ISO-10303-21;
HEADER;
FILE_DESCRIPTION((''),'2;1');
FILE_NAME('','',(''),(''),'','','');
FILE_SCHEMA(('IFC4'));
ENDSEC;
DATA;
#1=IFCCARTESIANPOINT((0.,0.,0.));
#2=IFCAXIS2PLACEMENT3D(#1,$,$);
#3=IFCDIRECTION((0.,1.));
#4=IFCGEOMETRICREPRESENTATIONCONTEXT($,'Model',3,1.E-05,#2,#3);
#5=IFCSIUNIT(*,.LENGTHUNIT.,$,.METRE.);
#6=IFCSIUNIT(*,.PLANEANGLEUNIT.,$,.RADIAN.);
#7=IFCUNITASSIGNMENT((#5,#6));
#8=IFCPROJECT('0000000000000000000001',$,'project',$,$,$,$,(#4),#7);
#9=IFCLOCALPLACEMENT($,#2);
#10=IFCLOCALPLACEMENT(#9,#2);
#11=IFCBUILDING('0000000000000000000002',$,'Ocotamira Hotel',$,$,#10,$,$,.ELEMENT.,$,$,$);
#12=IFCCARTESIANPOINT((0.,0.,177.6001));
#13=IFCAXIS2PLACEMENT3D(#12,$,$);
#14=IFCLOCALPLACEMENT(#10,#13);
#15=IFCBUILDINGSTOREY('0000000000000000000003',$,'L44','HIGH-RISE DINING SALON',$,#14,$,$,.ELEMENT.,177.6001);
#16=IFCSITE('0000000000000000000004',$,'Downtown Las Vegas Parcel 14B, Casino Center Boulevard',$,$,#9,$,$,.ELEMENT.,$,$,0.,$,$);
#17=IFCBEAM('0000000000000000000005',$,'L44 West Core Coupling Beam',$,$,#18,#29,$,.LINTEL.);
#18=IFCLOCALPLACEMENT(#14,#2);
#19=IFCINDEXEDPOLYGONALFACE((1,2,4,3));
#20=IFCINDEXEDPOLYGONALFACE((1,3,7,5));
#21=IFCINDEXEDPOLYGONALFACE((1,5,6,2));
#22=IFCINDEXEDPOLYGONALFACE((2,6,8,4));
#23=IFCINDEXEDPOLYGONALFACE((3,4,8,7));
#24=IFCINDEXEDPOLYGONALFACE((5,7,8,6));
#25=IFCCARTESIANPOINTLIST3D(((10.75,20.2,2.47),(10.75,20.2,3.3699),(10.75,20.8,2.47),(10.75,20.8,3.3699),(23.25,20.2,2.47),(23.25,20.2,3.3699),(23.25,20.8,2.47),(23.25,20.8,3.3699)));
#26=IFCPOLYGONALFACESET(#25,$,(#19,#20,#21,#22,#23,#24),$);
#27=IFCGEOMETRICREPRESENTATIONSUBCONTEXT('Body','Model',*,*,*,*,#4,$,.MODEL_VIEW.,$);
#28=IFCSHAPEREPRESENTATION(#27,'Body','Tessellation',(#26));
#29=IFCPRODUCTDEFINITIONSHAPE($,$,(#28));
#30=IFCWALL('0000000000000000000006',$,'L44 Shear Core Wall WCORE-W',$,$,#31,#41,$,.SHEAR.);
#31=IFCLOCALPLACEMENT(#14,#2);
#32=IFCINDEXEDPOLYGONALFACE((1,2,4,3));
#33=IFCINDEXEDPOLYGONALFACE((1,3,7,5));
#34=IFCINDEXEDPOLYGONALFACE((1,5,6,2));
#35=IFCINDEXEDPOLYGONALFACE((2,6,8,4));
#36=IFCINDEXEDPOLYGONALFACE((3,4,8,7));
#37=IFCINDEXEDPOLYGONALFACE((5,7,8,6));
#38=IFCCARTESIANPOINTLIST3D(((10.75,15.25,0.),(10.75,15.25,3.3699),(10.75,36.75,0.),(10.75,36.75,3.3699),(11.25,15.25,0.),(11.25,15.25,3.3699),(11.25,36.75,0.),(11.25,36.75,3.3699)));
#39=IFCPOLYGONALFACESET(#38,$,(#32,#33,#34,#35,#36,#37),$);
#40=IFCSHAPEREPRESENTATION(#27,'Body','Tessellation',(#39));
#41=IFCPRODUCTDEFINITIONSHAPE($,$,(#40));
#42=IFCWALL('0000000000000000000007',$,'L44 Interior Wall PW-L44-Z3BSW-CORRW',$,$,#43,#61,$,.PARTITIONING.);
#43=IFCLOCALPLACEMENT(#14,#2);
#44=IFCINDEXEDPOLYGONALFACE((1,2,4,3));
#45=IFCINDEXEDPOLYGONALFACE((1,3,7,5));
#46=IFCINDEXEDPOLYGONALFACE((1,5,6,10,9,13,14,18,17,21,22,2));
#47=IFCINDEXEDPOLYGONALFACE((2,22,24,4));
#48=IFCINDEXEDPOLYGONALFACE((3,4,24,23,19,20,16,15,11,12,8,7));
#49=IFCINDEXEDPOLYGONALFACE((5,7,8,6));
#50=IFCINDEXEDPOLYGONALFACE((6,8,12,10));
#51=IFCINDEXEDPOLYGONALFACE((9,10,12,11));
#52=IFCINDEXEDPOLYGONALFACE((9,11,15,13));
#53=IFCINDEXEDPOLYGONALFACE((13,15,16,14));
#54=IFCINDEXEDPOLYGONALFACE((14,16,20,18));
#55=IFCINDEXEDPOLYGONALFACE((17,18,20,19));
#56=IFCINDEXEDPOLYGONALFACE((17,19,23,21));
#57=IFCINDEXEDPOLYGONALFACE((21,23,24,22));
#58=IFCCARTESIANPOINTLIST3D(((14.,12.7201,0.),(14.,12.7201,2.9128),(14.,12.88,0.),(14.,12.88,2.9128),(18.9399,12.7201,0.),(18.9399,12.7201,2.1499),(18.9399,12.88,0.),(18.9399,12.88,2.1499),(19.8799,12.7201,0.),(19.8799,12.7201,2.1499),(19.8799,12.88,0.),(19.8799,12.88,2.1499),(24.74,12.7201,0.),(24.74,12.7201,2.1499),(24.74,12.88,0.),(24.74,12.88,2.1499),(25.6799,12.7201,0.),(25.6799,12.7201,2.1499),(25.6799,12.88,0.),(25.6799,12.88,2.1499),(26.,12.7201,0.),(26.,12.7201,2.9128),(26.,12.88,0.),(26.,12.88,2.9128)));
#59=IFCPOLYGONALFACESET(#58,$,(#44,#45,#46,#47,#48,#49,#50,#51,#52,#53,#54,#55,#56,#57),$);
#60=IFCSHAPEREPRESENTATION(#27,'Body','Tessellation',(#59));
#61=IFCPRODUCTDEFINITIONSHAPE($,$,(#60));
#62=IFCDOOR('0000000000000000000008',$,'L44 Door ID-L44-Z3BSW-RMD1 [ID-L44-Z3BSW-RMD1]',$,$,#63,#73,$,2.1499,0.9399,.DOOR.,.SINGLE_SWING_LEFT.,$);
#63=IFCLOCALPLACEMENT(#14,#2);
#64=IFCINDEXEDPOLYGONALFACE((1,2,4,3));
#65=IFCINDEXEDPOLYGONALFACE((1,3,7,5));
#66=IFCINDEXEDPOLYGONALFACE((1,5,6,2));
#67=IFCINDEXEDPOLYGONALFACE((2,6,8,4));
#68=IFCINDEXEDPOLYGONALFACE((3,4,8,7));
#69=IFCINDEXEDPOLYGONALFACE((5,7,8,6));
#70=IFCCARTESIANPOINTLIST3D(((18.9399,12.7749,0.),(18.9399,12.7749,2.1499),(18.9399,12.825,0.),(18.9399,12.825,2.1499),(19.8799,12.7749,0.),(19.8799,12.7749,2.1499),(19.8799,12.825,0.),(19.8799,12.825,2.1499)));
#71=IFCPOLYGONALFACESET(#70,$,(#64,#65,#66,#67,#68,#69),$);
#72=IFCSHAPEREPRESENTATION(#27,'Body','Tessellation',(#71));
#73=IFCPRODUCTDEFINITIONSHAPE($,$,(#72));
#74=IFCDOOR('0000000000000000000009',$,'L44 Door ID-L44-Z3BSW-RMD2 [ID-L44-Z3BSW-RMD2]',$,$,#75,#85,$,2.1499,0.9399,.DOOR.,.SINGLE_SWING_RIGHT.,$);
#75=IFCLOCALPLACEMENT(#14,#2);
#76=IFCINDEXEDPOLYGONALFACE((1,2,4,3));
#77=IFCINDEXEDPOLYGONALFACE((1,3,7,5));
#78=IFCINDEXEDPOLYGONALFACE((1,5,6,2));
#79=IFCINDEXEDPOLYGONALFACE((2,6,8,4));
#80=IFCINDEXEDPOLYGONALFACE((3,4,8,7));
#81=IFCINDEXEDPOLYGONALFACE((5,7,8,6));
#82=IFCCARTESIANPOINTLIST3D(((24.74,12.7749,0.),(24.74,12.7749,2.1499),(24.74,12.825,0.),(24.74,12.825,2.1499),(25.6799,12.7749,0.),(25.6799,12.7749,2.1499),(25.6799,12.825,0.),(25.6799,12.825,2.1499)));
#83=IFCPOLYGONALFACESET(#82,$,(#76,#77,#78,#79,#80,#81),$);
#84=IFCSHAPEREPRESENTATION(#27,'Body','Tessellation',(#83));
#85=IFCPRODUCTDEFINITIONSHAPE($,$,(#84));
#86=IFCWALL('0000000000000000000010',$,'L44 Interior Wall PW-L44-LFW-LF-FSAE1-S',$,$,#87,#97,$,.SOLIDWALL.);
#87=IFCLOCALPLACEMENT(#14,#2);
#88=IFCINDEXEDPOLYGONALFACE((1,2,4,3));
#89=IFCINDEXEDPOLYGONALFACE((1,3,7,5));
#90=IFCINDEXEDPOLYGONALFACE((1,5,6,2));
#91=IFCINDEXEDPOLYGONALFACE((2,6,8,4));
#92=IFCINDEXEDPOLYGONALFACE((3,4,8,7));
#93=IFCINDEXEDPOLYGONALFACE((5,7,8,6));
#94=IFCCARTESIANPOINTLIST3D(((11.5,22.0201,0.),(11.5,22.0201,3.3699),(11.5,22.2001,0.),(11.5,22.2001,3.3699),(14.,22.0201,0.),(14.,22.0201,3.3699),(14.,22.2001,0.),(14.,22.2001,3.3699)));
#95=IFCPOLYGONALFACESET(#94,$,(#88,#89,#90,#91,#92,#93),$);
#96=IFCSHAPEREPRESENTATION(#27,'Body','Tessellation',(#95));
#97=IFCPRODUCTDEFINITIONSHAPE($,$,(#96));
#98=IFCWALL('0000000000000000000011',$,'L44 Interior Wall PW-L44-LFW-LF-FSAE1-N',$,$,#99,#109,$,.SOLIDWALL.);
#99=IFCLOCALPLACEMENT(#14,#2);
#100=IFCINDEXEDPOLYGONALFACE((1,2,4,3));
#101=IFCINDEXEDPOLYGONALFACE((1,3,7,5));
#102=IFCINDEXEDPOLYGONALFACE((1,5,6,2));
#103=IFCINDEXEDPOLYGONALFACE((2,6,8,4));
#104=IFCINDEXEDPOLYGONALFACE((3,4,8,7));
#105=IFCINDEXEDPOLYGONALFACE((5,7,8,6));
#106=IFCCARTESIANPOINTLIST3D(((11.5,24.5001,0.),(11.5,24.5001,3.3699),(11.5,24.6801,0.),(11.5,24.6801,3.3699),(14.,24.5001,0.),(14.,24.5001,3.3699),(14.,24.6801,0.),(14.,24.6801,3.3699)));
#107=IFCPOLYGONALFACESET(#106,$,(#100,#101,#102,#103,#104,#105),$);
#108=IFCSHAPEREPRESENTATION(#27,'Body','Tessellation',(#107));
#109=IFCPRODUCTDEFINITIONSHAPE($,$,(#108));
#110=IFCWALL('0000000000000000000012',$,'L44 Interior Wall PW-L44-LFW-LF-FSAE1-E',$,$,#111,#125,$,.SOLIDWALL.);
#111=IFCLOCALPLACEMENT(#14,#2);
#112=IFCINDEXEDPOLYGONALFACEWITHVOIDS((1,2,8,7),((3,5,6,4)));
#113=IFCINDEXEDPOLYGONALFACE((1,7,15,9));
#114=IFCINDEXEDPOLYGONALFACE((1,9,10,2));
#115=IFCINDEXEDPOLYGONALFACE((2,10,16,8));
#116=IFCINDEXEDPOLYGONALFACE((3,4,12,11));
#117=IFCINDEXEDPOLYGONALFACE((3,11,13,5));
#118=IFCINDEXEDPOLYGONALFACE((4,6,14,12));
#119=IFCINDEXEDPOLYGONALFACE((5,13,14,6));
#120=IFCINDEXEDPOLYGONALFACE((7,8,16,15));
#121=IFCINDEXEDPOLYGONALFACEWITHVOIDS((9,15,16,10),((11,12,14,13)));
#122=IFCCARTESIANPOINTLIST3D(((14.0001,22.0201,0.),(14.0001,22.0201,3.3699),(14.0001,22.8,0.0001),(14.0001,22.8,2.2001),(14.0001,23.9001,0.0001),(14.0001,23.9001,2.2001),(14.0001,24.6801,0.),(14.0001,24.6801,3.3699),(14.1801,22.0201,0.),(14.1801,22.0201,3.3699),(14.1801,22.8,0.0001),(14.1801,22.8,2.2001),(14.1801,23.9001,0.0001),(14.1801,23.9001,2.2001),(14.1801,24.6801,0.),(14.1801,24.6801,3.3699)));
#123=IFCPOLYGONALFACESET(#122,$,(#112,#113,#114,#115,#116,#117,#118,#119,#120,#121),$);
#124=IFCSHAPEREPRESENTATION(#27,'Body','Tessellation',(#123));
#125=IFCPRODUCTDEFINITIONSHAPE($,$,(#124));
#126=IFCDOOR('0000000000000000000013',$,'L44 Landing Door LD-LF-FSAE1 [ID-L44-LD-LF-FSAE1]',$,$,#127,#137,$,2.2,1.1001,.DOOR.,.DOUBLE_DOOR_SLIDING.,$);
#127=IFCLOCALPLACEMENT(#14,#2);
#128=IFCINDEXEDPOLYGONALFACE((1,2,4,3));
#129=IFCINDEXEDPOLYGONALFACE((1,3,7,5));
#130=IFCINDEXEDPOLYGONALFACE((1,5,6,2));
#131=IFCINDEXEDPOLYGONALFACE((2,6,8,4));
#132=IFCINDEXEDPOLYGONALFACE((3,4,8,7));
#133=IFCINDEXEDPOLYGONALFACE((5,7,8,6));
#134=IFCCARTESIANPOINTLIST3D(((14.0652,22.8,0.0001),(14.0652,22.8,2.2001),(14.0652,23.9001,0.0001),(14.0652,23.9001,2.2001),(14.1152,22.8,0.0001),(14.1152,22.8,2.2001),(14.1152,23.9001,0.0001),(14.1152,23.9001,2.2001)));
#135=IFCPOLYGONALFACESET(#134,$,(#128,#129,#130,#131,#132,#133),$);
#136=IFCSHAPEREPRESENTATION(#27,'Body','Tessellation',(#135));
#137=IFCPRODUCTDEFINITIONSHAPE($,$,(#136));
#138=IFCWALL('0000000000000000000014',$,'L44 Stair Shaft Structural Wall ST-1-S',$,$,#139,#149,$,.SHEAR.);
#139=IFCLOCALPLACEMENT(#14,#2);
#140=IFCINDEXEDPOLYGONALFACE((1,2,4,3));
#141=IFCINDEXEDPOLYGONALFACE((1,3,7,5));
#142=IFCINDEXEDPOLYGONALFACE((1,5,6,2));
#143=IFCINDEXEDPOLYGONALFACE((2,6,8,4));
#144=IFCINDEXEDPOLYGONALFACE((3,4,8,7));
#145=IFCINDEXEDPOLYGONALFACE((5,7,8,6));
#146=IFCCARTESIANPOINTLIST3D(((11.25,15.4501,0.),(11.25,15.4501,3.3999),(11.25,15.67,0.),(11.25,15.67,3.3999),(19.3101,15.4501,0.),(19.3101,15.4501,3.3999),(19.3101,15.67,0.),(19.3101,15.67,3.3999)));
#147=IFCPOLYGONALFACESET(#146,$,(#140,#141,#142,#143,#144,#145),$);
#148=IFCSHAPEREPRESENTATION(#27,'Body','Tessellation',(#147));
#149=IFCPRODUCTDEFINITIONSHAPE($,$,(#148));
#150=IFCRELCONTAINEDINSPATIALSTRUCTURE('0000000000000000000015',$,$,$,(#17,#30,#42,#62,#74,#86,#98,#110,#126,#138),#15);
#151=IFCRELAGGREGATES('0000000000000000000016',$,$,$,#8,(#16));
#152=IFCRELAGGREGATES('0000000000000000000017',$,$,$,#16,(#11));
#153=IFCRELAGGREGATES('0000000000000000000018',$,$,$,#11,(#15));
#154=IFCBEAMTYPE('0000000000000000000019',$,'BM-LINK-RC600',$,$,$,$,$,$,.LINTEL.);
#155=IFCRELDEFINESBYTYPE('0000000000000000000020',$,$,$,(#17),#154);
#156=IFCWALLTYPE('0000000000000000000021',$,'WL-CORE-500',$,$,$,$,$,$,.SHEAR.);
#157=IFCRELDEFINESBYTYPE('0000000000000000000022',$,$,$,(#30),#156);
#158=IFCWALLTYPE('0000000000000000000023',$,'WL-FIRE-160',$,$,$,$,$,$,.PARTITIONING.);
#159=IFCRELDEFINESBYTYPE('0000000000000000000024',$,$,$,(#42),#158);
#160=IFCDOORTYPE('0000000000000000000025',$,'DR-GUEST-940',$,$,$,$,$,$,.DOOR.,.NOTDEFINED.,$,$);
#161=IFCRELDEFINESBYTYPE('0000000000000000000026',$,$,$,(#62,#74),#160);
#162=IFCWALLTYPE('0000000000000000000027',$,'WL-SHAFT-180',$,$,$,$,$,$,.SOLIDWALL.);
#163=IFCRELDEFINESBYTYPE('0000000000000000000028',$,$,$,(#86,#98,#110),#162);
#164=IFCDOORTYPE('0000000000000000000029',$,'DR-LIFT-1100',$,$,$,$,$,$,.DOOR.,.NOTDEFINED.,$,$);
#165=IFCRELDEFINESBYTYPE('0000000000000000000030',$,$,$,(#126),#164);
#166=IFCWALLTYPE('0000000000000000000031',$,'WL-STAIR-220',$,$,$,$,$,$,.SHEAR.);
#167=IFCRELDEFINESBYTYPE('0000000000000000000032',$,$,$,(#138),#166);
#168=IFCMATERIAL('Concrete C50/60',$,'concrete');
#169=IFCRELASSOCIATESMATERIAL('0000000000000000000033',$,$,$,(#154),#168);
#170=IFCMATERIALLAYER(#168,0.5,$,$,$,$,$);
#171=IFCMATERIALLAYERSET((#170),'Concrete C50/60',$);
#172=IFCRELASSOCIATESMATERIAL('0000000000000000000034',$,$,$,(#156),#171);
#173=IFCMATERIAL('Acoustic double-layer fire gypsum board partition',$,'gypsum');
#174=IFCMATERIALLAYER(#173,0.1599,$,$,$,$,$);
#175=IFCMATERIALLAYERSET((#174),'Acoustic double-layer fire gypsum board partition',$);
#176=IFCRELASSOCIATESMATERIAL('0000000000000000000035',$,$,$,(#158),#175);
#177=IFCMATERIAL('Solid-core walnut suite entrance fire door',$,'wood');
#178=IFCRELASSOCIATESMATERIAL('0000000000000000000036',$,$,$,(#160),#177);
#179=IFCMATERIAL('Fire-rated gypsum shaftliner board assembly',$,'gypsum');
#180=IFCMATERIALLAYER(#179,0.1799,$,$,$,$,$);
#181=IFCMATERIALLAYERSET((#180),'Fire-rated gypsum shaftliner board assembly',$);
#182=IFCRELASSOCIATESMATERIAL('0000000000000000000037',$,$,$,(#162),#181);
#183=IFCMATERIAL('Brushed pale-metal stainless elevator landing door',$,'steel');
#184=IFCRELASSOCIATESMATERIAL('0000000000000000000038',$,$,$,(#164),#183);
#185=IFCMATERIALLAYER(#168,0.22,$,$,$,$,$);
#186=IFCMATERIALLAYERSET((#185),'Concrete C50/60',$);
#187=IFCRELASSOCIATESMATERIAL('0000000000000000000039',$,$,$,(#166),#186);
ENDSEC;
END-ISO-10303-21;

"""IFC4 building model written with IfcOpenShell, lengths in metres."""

from ifc_helpers import new_model, si_unit, direction, frame, frame_2d, origin, origin_2d, place, context, subcontext, project, spatial, rectangle, extrude, source, transform, mapped, material, layer, layer_set, material_profile, profile_set, type_object, element, fill, save


model = new_model("IFC4")

# Units and contexts
model_context = context("Model", 3, precision=1e-05, world=origin(), true_north=direction((0.0, 1.0)))
body_context = subcontext(model_context, "Body", "Model", "MODEL_VIEW")
ifc_project = project(units=[si_unit("LENGTHUNIT", "METRE"), si_unit("PLANEANGLEUNIT", "RADIAN")], contexts=[model_context])

# Site, building, storey
site_placement = place(None, origin())
site = spatial("IfcSite", under=ifc_project, at=site_placement, Name="Downtown Las Vegas Parcel 14B, Casino Center Boulevard", CompositionType="ELEMENT", RefElevation=0.0)
building_placement = place(site_placement, origin())
building = spatial("IfcBuilding", under=site, at=building_placement, Name="Ocotamira Hotel", CompositionType="ELEMENT")
storey_placement = place(building_placement, frame((0.0, 0.0, 177.6001)))
storey = spatial("IfcBuildingStorey", under=building, at=storey_placement, Name="L44", Description="HIGH-RISE DINING SALON", CompositionType="ELEMENT", Elevation=177.6001)

# Beam
ifc_material_1 = material(Name="Concrete C50/60", Category="concrete")
ifc_material_profile = material_profile(ifc_material_1, rectangle(XDim=0.6001, YDim=0.8999, at=origin_2d()), Name="RC600X900")
ifc_profile_set = profile_set([ifc_material_profile], Name="Concrete C50/60")
beam_type = type_object("IfcBeamType", Name="BM-LINK-RC600", PredefinedType="LINTEL", material=ifc_profile_set)
shared_shape_1 = source(origin(), body_context, "Body", "SweptSolid", [
    extrude(rectangle(XDim=0.6001, YDim=0.8999, at=origin_2d()), origin(), (0.0, 0.0, 1.0), 12.5),
])
beam_placement = place(storey_placement, frame((10.75, 20.5, 2.9199), z_axis=(1.0, 0.0, 0.0), x_axis=(0.0, 1.0, 0.0)))
element("IfcBeam", 1, at=beam_placement, inside=storey, type_object=beam_type, Name="L44 West Core Coupling Beam", PredefinedType="LINTEL", context=body_context, shape_type="MappedRepresentation", body=[
    mapped(shared_shape_1, transform((0.0, 0.0, 0.0), scale=1.0)),
])

# Shared definitions
ifc_layer_1 = layer(ifc_material_1, 0.5)
ifc_layer_set_1 = layer_set([ifc_layer_1], Name="Concrete C50/60")
wall_type_1 = type_object("IfcWallType", Name="WL-CORE-500", PredefinedType="SHEAR", material=ifc_layer_set_1)

# Wall
wall_1_placement = place(storey_placement, frame((11.0, 15.25, 0.0), z_axis=(0.0, 0.0, 1.0), x_axis=(0.0, 1.0, 0.0)))
element("IfcWall", 2, at=wall_1_placement, inside=storey, type_object=wall_type_1, Name="L44 Shear Core Wall WCORE-W", PredefinedType="SHEAR", context=body_context, shape_type="SweptSolid", body=[
    extrude(rectangle(XDim=21.5, YDim=0.5, at=frame_2d((10.75, 0.0))), origin(), (0.0, 0.0, 1.0), 3.3699),
])

# Shared definitions
ifc_material_2 = material(Name="Acoustic double-layer fire gypsum board partition", Category="gypsum")
ifc_layer_2 = layer(ifc_material_2, 0.1599)
ifc_layer_set_2 = layer_set([ifc_layer_2], Name="Acoustic double-layer fire gypsum board partition")
wall_type_2 = type_object("IfcWallType", Name="WL-FIRE-160", PredefinedType="PARTITIONING", material=ifc_layer_set_2)

# Wall, openings, doors
wall_2_placement = place(storey_placement, frame((14.0, 12.8, 0.0), z_axis=(0.0, 0.0, 1.0), x_axis=(1.0, 0.0, 0.0)))
wall_2 = element("IfcWall", 3, at=wall_2_placement, inside=storey, type_object=wall_type_2, Name="L44 Interior Wall PW-L44-Z3BSW-CORRW", PredefinedType="PARTITIONING", context=body_context, shape_type="SweptSolid", body=[
    extrude(rectangle(XDim=12.0, YDim=0.1599, at=frame_2d((6.0, 0.0))), origin(), (0.0, 0.0, 1.0), 2.9128),
])
opening_1_placement = place(wall_2_placement, frame((4.9399, 0.0, 0.0)))
opening_1 = element("IfcOpeningElement", 4, at=opening_1_placement, cuts=wall_2, PredefinedType="OPENING", context=body_context, shape_type="SweptSolid", body=[
    extrude(rectangle(XDim=0.9399, YDim=2.1499, at=frame_2d((0.47, 1.075))), frame((0.0, 0.0898, 0.0), z_axis=(0.0, -1.0, 0.0), x_axis=(1.0, 0.0, 0.0)), (0.0, 0.0, 1.0), 0.1799),
])
opening_2_placement = place(wall_2_placement, frame((10.74, 0.0, 0.0)))
opening_2 = element("IfcOpeningElement", 5, at=opening_2_placement, cuts=wall_2, PredefinedType="OPENING", context=body_context, shape_type="SweptSolid", body=[
    extrude(rectangle(XDim=0.9399, YDim=2.1499, at=frame_2d((0.47, 1.075))), frame((0.0, 0.0898, 0.0), z_axis=(0.0, -1.0, 0.0), x_axis=(1.0, 0.0, 0.0)), (0.0, 0.0, 1.0), 0.1799),
])
ifc_material_3 = material(Name="Solid-core walnut suite entrance fire door", Category="wood")
door_type_1 = type_object("IfcDoorType", Name="DR-GUEST-940", OperationType="NOTDEFINED", PredefinedType="DOOR", material=ifc_material_3)
shared_shape_2 = source(origin(), body_context, "Body", "SweptSolid", [
    extrude(rectangle(XDim=0.9399, YDim=2.1499, at=frame_2d((0.47, 1.075))), frame((0.0, 0.0249, 0.0), z_axis=(0.0, -1.0, 0.0), x_axis=(1.0, 0.0, 0.0)), (0.0, 0.0, 1.0), 0.05),
])
door_1_placement = place(opening_1_placement, origin())
door_1 = element("IfcDoor", 6, at=door_1_placement, inside=storey, type_object=door_type_1, Name="L44 Door ID-L44-Z3BSW-RMD1 [ID-L44-Z3BSW-RMD1]", OperationType="SINGLE_SWING_LEFT", OverallHeight=2.1499, OverallWidth=0.9399, PredefinedType="DOOR", context=body_context, shape_type="MappedRepresentation", body=[
    mapped(shared_shape_2, transform((0.0, 0.0, 0.0), scale=1.0)),
])
fill(opening_1, door_1)
door_2_placement = place(opening_2_placement, origin())
door_2 = element("IfcDoor", 7, at=door_2_placement, inside=storey, type_object=door_type_1, Name="L44 Door ID-L44-Z3BSW-RMD2 [ID-L44-Z3BSW-RMD2]", OperationType="SINGLE_SWING_RIGHT", OverallHeight=2.1499, OverallWidth=0.9399, PredefinedType="DOOR", context=body_context, shape_type="MappedRepresentation", body=[
    mapped(shared_shape_2, transform((0.0, 0.0, 0.0), scale=1.0)),
])
fill(opening_2, door_2)

# Walls
ifc_material_4 = material(Name="Fire-rated gypsum shaftliner board assembly", Category="gypsum")
ifc_layer_3 = layer(ifc_material_4, 0.1799)
ifc_layer_set_3 = layer_set([ifc_layer_3], Name="Fire-rated gypsum shaftliner board assembly")
wall_type_3 = type_object("IfcWallType", Name="WL-SHAFT-180", PredefinedType="SOLIDWALL", material=ifc_layer_set_3)
for number, where, z_axis, x_axis, name in (
    (8, (11.5, 22.1101, 0.0), (0.0, 0.0, 1.0), (1.0, 0.0, 0.0), "L44 Interior Wall PW-L44-LFW-LF-FSAE1-S"),
    (9, (11.5, 24.5901, 0.0), (0.0, 0.0, 1.0), (1.0, 0.0, 0.0), "L44 Interior Wall PW-L44-LFW-LF-FSAE1-N"),
):
    element("IfcWall", number, at=place(storey_placement, frame(where, z_axis=z_axis, x_axis=x_axis)), inside=storey, type_object=wall_type_3, Name=name, PredefinedType="SOLIDWALL", context=body_context, shape_type="SweptSolid", body=[
        extrude(rectangle(XDim=2.5, YDim=0.1799, at=frame_2d((1.25, 0.0))), origin(), (0.0, 0.0, 1.0), 3.3699),
    ])

# Wall, opening, door
wall_3_placement = place(storey_placement, frame((14.0901, 22.02, 0.0), z_axis=(0.0, 0.0, 1.0), x_axis=(0.0, 1.0, 0.0)))
wall_3 = element("IfcWall", 10, at=wall_3_placement, inside=storey, type_object=wall_type_3, Name="L44 Interior Wall PW-L44-LFW-LF-FSAE1-E", PredefinedType="SOLIDWALL", context=body_context, shape_type="SweptSolid", body=[
    extrude(rectangle(XDim=2.6599, YDim=0.1799, at=frame_2d((1.3301, 0.0))), origin(), (0.0, 0.0, 1.0), 3.3699),
])
opening_3_placement = place(wall_3_placement, frame((0.78, 0.0, 0.0)))
opening_3 = element("IfcOpeningElement", 11, at=opening_3_placement, cuts=wall_3, PredefinedType="OPENING", context=body_context, shape_type="SweptSolid", body=[
    extrude(rectangle(XDim=1.1001, YDim=2.2, at=frame_2d((0.55, 1.1001))), frame((0.0, 0.1001, 0.0), z_axis=(0.0, -1.0, 0.0), x_axis=(1.0, 0.0, 0.0)), (0.0, 0.0, 1.0), 0.2),
])
ifc_material_5 = material(Name="Brushed pale-metal stainless elevator landing door", Category="steel")
door_type_2 = type_object("IfcDoorType", Name="DR-LIFT-1100", OperationType="NOTDEFINED", PredefinedType="DOOR", material=ifc_material_5)
shared_shape_3 = source(origin(), body_context, "Body", "SweptSolid", [
    extrude(rectangle(XDim=1.1001, YDim=2.2, at=frame_2d((0.55, 1.1001))), frame((0.0, 0.0249, 0.0), z_axis=(0.0, -1.0, 0.0), x_axis=(1.0, 0.0, 0.0)), (0.0, 0.0, 1.0), 0.05),
])
door_3_placement = place(opening_3_placement, origin())
door_3 = element("IfcDoor", 12, at=door_3_placement, inside=storey, type_object=door_type_2, Name="L44 Landing Door LD-LF-FSAE1 [ID-L44-LD-LF-FSAE1]", OperationType="DOUBLE_DOOR_SLIDING", OverallHeight=2.2, OverallWidth=1.1001, PredefinedType="DOOR", context=body_context, shape_type="MappedRepresentation", body=[
    mapped(shared_shape_3, transform((0.0, 0.0, 0.0), scale=1.0)),
])
fill(opening_3, door_3)

# Wall
ifc_layer_4 = layer(ifc_material_1, 0.22)
ifc_layer_set_4 = layer_set([ifc_layer_4], Name="Concrete C50/60")
wall_type_4 = type_object("IfcWallType", Name="WL-STAIR-220", PredefinedType="SHEAR", material=ifc_layer_set_4)
wall_4_placement = place(storey_placement, frame((11.25, 15.5601, 0.0), z_axis=(0.0, 0.0, 1.0), x_axis=(1.0, 0.0, 0.0)))
element("IfcWall", 13, at=wall_4_placement, inside=storey, type_object=wall_type_4, Name="L44 Stair Shaft Structural Wall ST-1-S", PredefinedType="SHEAR", context=body_context, shape_type="SweptSolid", body=[
    extrude(rectangle(XDim=8.0601, YDim=0.22, at=frame_2d((4.03, 0.0))), origin(), (0.0, 0.0, 1.0), 3.3999),
])

save(model, "model.ifc")
